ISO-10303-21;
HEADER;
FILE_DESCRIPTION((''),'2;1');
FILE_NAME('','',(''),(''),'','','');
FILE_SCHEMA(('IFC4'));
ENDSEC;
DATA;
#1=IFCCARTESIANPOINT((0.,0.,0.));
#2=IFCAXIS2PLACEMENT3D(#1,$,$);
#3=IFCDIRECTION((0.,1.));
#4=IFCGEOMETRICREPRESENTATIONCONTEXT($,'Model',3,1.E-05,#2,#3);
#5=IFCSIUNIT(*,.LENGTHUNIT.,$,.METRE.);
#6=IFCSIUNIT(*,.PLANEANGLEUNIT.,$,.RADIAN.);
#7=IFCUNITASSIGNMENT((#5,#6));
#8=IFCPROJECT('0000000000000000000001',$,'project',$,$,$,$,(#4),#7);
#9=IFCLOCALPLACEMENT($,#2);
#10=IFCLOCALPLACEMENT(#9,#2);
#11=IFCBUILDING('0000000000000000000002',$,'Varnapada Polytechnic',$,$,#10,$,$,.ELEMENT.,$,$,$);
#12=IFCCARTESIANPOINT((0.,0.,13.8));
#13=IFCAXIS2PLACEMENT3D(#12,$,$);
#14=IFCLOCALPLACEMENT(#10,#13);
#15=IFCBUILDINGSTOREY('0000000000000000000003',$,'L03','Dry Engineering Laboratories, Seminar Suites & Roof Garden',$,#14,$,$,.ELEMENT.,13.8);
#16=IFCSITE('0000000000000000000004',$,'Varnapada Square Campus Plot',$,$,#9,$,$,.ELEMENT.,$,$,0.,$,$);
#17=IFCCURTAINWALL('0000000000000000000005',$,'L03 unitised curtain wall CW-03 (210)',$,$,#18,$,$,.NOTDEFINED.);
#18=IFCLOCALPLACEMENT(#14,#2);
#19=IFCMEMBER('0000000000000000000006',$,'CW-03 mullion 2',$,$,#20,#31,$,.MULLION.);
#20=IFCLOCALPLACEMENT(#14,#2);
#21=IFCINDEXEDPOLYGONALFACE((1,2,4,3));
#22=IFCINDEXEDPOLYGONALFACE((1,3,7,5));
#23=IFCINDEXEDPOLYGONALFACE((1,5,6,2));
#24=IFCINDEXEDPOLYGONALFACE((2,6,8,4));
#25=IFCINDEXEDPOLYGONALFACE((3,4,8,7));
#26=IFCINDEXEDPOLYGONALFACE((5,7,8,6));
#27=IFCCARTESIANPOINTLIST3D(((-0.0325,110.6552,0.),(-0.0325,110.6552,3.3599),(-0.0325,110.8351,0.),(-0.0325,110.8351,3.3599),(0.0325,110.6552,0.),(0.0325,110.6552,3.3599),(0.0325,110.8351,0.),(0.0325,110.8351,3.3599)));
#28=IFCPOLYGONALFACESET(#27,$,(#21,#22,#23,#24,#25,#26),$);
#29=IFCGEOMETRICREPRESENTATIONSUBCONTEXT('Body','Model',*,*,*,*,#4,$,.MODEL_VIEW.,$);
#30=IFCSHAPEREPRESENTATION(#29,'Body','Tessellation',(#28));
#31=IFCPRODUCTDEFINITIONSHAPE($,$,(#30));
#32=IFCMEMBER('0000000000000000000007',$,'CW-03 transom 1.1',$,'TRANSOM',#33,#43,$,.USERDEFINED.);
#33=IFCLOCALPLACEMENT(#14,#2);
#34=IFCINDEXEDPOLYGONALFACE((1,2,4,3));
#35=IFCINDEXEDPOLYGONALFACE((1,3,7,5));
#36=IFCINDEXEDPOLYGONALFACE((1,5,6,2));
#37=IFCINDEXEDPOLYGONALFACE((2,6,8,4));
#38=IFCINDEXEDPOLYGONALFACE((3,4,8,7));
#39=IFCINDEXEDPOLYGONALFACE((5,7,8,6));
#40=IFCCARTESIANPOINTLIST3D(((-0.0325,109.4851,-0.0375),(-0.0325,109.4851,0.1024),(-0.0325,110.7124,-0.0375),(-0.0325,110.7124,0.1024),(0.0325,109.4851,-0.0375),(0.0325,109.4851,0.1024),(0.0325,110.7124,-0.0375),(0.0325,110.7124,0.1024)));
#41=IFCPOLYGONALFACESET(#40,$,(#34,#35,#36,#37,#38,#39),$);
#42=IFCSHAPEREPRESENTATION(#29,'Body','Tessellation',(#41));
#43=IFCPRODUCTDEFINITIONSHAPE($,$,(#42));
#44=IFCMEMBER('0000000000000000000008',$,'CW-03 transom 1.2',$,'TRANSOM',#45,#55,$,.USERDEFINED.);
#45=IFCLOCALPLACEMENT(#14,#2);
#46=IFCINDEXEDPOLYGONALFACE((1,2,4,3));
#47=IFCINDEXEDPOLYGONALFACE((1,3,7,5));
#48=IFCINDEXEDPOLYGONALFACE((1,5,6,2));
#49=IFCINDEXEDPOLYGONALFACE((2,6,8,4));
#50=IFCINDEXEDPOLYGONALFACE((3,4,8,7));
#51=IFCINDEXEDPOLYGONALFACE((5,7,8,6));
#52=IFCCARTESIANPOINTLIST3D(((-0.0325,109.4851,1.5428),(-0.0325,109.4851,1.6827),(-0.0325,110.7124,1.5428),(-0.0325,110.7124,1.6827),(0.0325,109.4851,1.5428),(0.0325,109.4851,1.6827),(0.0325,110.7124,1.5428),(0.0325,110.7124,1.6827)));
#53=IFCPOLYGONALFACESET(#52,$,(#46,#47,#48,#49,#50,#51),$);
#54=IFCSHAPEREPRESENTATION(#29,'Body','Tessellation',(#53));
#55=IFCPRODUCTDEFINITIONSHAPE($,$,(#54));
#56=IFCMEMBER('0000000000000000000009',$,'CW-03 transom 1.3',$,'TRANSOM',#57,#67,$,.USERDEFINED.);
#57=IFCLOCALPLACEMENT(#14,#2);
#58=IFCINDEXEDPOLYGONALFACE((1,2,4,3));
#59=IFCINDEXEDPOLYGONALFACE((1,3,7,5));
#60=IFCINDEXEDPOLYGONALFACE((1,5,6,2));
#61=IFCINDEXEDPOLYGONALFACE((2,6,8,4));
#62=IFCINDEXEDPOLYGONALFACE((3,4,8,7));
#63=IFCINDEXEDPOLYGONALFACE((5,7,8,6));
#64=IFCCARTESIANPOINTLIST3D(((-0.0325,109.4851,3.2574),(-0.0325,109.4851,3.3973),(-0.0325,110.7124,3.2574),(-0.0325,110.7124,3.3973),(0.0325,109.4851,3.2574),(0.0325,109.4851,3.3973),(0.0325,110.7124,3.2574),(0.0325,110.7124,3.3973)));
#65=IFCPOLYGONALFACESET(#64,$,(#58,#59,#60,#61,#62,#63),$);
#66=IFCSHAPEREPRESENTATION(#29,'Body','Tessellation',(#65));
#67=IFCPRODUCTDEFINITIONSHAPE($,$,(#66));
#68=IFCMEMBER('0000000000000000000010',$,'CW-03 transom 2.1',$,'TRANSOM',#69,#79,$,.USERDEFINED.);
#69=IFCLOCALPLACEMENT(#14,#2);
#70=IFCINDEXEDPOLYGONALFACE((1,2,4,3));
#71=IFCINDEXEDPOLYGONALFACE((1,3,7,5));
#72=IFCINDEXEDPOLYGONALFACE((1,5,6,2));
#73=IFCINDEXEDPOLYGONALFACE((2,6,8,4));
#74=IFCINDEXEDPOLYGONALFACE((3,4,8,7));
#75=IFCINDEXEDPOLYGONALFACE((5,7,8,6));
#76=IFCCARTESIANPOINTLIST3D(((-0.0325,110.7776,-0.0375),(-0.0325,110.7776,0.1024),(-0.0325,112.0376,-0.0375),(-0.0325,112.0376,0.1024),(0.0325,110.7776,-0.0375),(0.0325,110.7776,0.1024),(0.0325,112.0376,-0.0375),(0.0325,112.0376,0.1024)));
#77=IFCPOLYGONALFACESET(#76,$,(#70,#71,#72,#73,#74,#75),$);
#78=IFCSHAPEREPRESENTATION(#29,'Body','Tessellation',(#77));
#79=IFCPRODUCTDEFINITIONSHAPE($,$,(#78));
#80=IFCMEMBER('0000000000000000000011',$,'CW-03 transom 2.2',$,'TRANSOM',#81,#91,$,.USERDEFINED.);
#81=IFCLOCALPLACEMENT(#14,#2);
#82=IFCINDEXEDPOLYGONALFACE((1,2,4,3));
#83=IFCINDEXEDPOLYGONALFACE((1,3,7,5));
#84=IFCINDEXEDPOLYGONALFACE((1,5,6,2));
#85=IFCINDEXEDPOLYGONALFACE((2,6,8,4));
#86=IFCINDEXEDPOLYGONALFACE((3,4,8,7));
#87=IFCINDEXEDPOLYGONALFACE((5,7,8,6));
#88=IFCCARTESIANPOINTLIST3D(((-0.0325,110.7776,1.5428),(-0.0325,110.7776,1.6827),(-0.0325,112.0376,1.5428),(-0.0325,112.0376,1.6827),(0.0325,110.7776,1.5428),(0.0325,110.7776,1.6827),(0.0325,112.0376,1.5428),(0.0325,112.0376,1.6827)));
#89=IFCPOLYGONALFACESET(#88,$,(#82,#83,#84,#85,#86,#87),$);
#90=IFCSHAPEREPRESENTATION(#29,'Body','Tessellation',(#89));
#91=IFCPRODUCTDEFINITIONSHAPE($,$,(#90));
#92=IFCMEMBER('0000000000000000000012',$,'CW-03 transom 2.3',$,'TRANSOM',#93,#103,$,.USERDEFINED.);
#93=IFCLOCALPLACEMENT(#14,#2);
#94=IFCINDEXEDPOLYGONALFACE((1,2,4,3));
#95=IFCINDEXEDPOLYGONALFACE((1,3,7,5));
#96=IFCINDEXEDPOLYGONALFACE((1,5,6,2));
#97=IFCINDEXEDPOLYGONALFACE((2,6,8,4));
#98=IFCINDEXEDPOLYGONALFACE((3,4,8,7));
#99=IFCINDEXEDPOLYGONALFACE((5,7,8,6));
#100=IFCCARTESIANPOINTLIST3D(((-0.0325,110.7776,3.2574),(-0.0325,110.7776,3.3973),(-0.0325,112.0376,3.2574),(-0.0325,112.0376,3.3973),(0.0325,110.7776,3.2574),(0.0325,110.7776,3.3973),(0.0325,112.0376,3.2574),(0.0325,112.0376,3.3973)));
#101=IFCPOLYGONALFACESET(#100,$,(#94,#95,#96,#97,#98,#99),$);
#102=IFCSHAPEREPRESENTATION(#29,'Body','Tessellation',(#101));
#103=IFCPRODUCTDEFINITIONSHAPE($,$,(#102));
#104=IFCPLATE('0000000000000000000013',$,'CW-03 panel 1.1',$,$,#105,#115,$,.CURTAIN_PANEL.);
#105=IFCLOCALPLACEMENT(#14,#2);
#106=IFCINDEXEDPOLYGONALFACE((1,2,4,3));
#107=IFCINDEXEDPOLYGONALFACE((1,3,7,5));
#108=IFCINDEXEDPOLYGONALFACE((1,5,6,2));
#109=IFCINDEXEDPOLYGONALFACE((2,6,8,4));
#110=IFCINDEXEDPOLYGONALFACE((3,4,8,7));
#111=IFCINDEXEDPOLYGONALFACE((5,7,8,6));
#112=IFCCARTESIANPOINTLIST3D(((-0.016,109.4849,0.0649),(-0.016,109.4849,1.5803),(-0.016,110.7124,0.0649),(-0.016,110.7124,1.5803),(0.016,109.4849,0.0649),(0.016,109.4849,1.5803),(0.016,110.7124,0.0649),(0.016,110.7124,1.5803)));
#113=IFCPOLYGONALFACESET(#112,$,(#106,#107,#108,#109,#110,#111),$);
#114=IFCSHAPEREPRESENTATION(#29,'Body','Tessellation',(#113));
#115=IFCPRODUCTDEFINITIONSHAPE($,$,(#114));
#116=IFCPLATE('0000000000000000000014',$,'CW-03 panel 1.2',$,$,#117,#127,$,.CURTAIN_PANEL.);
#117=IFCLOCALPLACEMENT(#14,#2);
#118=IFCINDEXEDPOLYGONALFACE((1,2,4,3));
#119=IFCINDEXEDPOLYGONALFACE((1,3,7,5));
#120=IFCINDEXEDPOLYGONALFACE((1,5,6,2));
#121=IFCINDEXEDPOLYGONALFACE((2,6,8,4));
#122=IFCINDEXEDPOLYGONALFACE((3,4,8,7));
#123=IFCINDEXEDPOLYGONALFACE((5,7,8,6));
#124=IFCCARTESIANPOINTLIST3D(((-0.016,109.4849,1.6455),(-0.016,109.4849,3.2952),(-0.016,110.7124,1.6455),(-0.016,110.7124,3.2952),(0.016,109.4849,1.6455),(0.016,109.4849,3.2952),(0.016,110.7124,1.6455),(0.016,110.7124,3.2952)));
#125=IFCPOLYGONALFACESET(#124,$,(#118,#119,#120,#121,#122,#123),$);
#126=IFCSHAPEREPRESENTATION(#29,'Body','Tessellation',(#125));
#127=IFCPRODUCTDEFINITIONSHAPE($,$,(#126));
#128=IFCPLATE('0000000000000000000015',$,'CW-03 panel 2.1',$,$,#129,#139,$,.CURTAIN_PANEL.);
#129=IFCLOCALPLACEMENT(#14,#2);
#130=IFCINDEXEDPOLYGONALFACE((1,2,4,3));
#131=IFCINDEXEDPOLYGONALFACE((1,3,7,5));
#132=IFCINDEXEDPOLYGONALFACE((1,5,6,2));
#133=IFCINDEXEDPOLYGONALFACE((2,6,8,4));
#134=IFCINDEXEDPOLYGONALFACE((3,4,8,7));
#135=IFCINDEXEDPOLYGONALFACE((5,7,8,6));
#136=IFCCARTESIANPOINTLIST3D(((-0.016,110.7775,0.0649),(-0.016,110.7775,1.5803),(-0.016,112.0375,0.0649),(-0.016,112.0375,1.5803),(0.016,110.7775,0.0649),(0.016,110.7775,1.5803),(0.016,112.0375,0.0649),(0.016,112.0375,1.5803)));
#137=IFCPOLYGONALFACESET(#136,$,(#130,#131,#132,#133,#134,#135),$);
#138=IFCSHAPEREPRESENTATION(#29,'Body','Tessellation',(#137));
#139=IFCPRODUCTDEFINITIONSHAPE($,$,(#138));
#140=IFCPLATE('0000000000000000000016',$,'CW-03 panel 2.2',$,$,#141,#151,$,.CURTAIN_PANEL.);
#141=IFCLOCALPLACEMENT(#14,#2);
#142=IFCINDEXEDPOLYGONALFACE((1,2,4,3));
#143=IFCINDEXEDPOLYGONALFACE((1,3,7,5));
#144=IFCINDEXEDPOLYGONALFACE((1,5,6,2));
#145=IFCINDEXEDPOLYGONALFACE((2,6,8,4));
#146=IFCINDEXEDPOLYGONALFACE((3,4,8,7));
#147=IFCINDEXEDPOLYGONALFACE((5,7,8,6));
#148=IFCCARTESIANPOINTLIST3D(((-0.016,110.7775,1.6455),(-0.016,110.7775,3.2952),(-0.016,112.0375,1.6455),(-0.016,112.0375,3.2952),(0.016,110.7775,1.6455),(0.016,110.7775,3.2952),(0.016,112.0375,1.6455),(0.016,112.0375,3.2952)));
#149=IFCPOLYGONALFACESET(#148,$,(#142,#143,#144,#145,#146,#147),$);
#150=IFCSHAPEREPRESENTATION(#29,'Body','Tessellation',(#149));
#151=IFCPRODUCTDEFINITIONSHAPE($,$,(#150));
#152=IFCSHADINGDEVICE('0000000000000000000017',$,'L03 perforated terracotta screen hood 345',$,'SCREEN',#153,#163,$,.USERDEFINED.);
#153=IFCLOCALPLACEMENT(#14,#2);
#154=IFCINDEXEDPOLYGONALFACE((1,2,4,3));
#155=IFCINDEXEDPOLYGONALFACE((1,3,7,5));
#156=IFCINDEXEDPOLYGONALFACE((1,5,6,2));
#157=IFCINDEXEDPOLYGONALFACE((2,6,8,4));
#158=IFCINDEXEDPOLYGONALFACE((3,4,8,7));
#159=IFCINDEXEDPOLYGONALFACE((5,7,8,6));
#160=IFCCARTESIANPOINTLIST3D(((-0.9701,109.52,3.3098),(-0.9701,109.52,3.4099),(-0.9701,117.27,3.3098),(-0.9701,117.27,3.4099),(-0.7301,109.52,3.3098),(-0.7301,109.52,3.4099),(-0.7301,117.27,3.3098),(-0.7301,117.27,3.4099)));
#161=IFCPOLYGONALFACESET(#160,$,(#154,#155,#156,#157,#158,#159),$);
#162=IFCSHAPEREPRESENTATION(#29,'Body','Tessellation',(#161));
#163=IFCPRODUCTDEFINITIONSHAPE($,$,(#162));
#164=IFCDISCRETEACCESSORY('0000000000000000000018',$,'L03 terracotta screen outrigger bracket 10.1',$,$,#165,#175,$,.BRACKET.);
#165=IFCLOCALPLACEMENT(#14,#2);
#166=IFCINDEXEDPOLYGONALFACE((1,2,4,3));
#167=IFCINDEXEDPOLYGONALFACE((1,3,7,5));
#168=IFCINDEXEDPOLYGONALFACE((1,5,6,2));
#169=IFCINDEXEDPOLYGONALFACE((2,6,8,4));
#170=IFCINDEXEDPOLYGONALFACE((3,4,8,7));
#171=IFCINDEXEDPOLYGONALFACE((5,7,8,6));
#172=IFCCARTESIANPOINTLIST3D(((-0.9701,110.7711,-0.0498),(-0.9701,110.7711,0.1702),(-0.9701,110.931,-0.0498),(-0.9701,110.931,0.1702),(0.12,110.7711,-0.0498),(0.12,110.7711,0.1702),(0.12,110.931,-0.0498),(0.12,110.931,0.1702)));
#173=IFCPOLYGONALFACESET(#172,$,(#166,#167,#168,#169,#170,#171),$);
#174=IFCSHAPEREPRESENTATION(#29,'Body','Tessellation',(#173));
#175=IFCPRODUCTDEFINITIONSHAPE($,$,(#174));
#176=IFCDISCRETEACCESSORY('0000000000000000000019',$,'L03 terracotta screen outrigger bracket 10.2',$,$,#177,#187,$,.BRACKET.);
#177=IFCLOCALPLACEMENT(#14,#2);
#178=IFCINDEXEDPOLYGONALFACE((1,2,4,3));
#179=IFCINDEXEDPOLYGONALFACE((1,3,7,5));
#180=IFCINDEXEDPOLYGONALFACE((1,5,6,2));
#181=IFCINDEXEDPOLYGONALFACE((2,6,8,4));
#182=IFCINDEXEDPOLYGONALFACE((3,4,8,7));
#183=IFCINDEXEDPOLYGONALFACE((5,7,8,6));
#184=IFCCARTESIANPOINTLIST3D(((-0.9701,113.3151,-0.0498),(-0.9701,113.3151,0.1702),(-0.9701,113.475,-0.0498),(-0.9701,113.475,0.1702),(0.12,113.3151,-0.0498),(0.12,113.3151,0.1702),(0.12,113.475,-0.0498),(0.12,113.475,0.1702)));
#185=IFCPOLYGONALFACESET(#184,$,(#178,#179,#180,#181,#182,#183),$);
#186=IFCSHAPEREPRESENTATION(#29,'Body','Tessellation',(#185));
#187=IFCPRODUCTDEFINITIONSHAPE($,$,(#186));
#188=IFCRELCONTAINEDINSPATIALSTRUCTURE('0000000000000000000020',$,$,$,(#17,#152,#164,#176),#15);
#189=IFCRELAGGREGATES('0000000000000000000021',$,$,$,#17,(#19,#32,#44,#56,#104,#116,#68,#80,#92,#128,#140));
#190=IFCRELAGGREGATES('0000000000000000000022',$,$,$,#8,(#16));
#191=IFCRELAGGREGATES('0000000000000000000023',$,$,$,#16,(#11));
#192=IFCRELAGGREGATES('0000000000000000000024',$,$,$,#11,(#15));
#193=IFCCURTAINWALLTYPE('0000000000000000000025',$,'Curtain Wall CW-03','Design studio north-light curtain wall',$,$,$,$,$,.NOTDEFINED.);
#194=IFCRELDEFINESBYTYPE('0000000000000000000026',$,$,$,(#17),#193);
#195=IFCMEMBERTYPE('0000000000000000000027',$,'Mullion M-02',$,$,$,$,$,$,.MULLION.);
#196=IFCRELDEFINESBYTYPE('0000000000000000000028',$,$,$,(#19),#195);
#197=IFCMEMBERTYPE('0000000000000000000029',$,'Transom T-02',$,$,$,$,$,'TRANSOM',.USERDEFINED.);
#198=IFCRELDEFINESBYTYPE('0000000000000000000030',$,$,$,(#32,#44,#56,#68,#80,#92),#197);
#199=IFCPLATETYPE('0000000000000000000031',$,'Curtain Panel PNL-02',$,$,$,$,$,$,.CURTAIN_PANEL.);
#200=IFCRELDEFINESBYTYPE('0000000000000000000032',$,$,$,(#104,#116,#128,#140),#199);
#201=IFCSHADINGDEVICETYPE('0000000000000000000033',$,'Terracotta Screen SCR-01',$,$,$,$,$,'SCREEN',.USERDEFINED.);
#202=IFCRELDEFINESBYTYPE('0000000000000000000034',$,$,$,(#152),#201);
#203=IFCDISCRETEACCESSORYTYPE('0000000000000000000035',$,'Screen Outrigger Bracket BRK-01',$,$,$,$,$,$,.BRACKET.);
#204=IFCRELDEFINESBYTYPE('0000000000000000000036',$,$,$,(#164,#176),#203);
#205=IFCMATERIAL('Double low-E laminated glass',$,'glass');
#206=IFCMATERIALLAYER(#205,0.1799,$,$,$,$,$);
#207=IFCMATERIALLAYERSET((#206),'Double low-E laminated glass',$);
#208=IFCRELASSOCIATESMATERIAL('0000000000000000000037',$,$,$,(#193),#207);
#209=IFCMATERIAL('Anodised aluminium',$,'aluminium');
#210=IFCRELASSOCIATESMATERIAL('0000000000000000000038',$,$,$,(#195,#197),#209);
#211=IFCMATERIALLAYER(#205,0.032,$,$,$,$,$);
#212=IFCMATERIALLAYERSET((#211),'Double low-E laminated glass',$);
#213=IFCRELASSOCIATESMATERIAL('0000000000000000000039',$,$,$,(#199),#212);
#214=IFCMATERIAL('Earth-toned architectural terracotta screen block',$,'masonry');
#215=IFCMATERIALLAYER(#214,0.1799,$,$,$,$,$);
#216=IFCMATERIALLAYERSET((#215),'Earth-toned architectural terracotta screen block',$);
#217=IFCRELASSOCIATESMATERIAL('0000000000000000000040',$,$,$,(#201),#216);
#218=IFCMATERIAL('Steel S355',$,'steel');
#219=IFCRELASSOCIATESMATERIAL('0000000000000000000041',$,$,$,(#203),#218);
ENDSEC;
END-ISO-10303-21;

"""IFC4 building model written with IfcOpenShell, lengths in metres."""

from ifc_helpers import new_model, si_unit, direction, frame, origin, origin_2d, place, context, subcontext, project, spatial, rectangle, extrude, material, layer, layer_set, material_profile, profile_set, type_object, element, aggregate, save


model = new_model("IFC4")

# Units and contexts
model_context = context("Model", 3, precision=1e-05, world=origin(), true_north=direction((0.0, 1.0)))
body_context = subcontext(model_context, "Body", "Model", "MODEL_VIEW")
ifc_project = project(units=[si_unit("LENGTHUNIT", "METRE"), si_unit("PLANEANGLEUNIT", "RADIAN")], contexts=[model_context])

# Site, building, storey
site_placement = place(None, origin())
site = spatial("IfcSite", under=ifc_project, at=site_placement, Name="Varnapada Square Campus Plot", CompositionType="ELEMENT", RefElevation=0.0)
building_placement = place(site_placement, origin())
building = spatial("IfcBuilding", under=site, at=building_placement, Name="Varnapada Polytechnic", CompositionType="ELEMENT")
storey_placement = place(building_placement, frame((0.0, 0.0, 13.8)))
storey = spatial("IfcBuildingStorey", under=building, at=storey_placement, Name="L03", Description="Dry Engineering Laboratories, Seminar Suites & Roof Garden", CompositionType="ELEMENT", Elevation=13.8)

# Curtain wall, members, plates
ifc_material_1 = material(Name="Double low-E laminated glass", Category="glass")
ifc_layer_1 = layer(ifc_material_1, 0.1799)
ifc_layer_set_1 = layer_set([ifc_layer_1], Name="Double low-E laminated glass")
curtain_wall_type = type_object("IfcCurtainWallType", Name="Curtain Wall CW-03", Description="Design studio north-light curtain wall", PredefinedType="NOTDEFINED", material=ifc_layer_set_1)
curtain_wall_placement = place(storey_placement, origin())
curtain_wall = element("IfcCurtainWall", 1, at=curtain_wall_placement, inside=storey, type_object=curtain_wall_type, Name="L03 unitised curtain wall CW-03 (210)", PredefinedType="NOTDEFINED")
ifc_material_2 = material(Name="Anodised aluminium", Category="aluminium")
ifc_material_profile_1 = material_profile(ifc_material_2, rectangle(XDim=0.0649, YDim=0.1799, at=origin_2d()), Name="ALU M65x180")
ifc_profile_set_1 = profile_set([ifc_material_profile_1], Name="Anodised aluminium")
member_type_1 = type_object("IfcMemberType", Name="Mullion M-02", PredefinedType="MULLION", material=ifc_profile_set_1)
member_1_placement = place(storey_placement, frame((0.0, 110.7451, 0.0), z_axis=(0.0, 0.0, 1.0), x_axis=(-1.0, 0.0, 0.0)))
member_1 = element("IfcMember", 2, at=member_1_placement, type_object=member_type_1, Name="CW-03 mullion 2", PredefinedType="MULLION", context=body_context, shape_type="SweptSolid", body=[
    extrude(rectangle(XDim=0.0649, YDim=0.1799, at=origin_2d()), origin(), (0.0, 0.0, 1.0), 3.3599),
])
ifc_material_profile_2 = material_profile(ifc_material_2, rectangle(XDim=0.0649, YDim=0.1399, at=origin_2d()), Name="ALU T65x140")
ifc_profile_set_2 = profile_set([ifc_material_profile_2], Name="Anodised aluminium")
member_type_2 = type_object("IfcMemberType", Name="Transom T-02", ElementType="TRANSOM", PredefinedType="USERDEFINED", material=ifc_profile_set_2)
member_2_placement = place(storey_placement, frame((0.0, 109.4851, 0.0325), z_axis=(0.0, 1.0, 0.0), x_axis=(-1.0, 0.0, 0.0)))
member_2 = element("IfcMember", 3, at=member_2_placement, type_object=member_type_2, Name="CW-03 transom 1.1", ObjectType="TRANSOM", PredefinedType="USERDEFINED", context=body_context, shape_type="SweptSolid", body=[
    extrude(rectangle(XDim=0.0649, YDim=0.1399, at=origin_2d()), origin(), (0.0, 0.0, 1.0), 1.2273),
])
member_3_placement = place(storey_placement, frame((0.0, 109.4851, 1.6128), z_axis=(0.0, 1.0, 0.0), x_axis=(-1.0, 0.0, 0.0)))
member_3 = element("IfcMember", 4, at=member_3_placement, type_object=member_type_2, Name="CW-03 transom 1.2", ObjectType="TRANSOM", PredefinedType="USERDEFINED", context=body_context, shape_type="SweptSolid", body=[
    extrude(rectangle(XDim=0.0649, YDim=0.1399, at=origin_2d()), origin(), (0.0, 0.0, 1.0), 1.2273),
])
member_4_placement = place(storey_placement, frame((0.0, 109.4851, 3.3274), z_axis=(0.0, 1.0, 0.0), x_axis=(-1.0, 0.0, 0.0)))
member_4 = element("IfcMember", 5, at=member_4_placement, type_object=member_type_2, Name="CW-03 transom 1.3", ObjectType="TRANSOM", PredefinedType="USERDEFINED", context=body_context, shape_type="SweptSolid", body=[
    extrude(rectangle(XDim=0.0649, YDim=0.1399, at=origin_2d()), origin(), (0.0, 0.0, 1.0), 1.2273),
])
member_5_placement = place(storey_placement, frame((0.0, 110.7776, 0.0325), z_axis=(0.0, 1.0, 0.0), x_axis=(-1.0, 0.0, 0.0)))
member_5 = element("IfcMember", 6, at=member_5_placement, type_object=member_type_2, Name="CW-03 transom 2.1", ObjectType="TRANSOM", PredefinedType="USERDEFINED", context=body_context, shape_type="SweptSolid", body=[
    extrude(rectangle(XDim=0.0649, YDim=0.1399, at=origin_2d()), origin(), (0.0, 0.0, 1.0), 1.26),
])
member_6_placement = place(storey_placement, frame((0.0, 110.7776, 1.6128), z_axis=(0.0, 1.0, 0.0), x_axis=(-1.0, 0.0, 0.0)))
member_6 = element("IfcMember", 7, at=member_6_placement, type_object=member_type_2, Name="CW-03 transom 2.2", ObjectType="TRANSOM", PredefinedType="USERDEFINED", context=body_context, shape_type="SweptSolid", body=[
    extrude(rectangle(XDim=0.0649, YDim=0.1399, at=origin_2d()), origin(), (0.0, 0.0, 1.0), 1.26),
])
member_7_placement = place(storey_placement, frame((0.0, 110.7776, 3.3274), z_axis=(0.0, 1.0, 0.0), x_axis=(-1.0, 0.0, 0.0)))
member_7 = element("IfcMember", 8, at=member_7_placement, type_object=member_type_2, Name="CW-03 transom 2.3", ObjectType="TRANSOM", PredefinedType="USERDEFINED", context=body_context, shape_type="SweptSolid", body=[
    extrude(rectangle(XDim=0.0649, YDim=0.1399, at=origin_2d()), origin(), (0.0, 0.0, 1.0), 1.26),
])
ifc_layer_2 = layer(ifc_material_1, 0.032)
ifc_layer_set_2 = layer_set([ifc_layer_2], Name="Double low-E laminated glass")
plate_type = type_object("IfcPlateType", Name="Curtain Panel PNL-02", PredefinedType="CURTAIN_PANEL", material=ifc_layer_set_2)
plate_1_placement = place(storey_placement, frame((0.0, 110.0986, 0.0649), z_axis=(0.0, 0.0, 1.0), x_axis=(0.0, 1.0, 0.0)))
plate_1 = element("IfcPlate", 9, at=plate_1_placement, type_object=plate_type, Name="CW-03 panel 1.1", PredefinedType="CURTAIN_PANEL", context=body_context, shape_type="SweptSolid", body=[
    extrude(rectangle(XDim=1.2275, YDim=0.032, at=origin_2d()), origin(), (0.0, 0.0, 1.0), 1.5154),
])
plate_2_placement = place(storey_placement, frame((0.0, 110.0986, 1.6455), z_axis=(0.0, 0.0, 1.0), x_axis=(0.0, 1.0, 0.0)))
plate_2 = element("IfcPlate", 10, at=plate_2_placement, type_object=plate_type, Name="CW-03 panel 1.2", PredefinedType="CURTAIN_PANEL", context=body_context, shape_type="SweptSolid", body=[
    extrude(rectangle(XDim=1.2275, YDim=0.032, at=origin_2d()), origin(), (0.0, 0.0, 1.0), 1.6497),
])
plate_3_placement = place(storey_placement, frame((0.0, 111.4075, 0.0649), z_axis=(0.0, 0.0, 1.0), x_axis=(0.0, 1.0, 0.0)))
plate_3 = element("IfcPlate", 11, at=plate_3_placement, type_object=plate_type, Name="CW-03 panel 2.1", PredefinedType="CURTAIN_PANEL", context=body_context, shape_type="SweptSolid", body=[
    extrude(rectangle(XDim=1.26, YDim=0.032, at=origin_2d()), origin(), (0.0, 0.0, 1.0), 1.5154),
])
plate_4_placement = place(storey_placement, frame((0.0, 111.4075, 1.6455), z_axis=(0.0, 0.0, 1.0), x_axis=(0.0, 1.0, 0.0)))
plate_4 = element("IfcPlate", 12, at=plate_4_placement, type_object=plate_type, Name="CW-03 panel 2.2", PredefinedType="CURTAIN_PANEL", context=body_context, shape_type="SweptSolid", body=[
    extrude(rectangle(XDim=1.26, YDim=0.032, at=origin_2d()), origin(), (0.0, 0.0, 1.0), 1.6497),
])
aggregate(curtain_wall, [member_1, member_2, member_3, member_4, plate_1, plate_2, member_5, member_6, member_7, plate_3, plate_4])

# Shading device
ifc_material_3 = material(Name="Earth-toned architectural terracotta screen block", Category="masonry")
ifc_layer_3 = layer(ifc_material_3, 0.1799)
ifc_layer_set_3 = layer_set([ifc_layer_3], Name="Earth-toned architectural terracotta screen block")
shading_device_type = type_object("IfcShadingDeviceType", Name="Terracotta Screen SCR-01", ElementType="SCREEN", PredefinedType="USERDEFINED", material=ifc_layer_set_3)
shading_device_placement = place(storey_placement, frame((-0.8501, 113.395, 3.3098), z_axis=(0.0, 0.0, 1.0), x_axis=(0.0, 1.0, 0.0)))
element("IfcShadingDevice", 13, at=shading_device_placement, inside=storey, type_object=shading_device_type, Name="L03 perforated terracotta screen hood 345", ObjectType="SCREEN", PredefinedType="USERDEFINED", context=body_context, shape_type="SweptSolid", body=[
    extrude(rectangle(XDim=7.75, YDim=0.24, at=origin_2d()), origin(), (0.0, 0.0, 1.0), 0.1001),
])

# Discrete accessories
ifc_material_4 = material(Name="Steel S355", Category="steel")
discrete_accessory_type = type_object("IfcDiscreteAccessoryType", Name="Screen Outrigger Bracket BRK-01", PredefinedType="BRACKET", material=ifc_material_4)
for number, where, z_axis, x_axis, name in (
    (14, (-0.425, 110.8511, -0.0498), (0.0, 0.0, 1.0), (0.0, 1.0, 0.0), "L03 terracotta screen outrigger bracket 10.1"),
    (15, (-0.425, 113.395, -0.0498), (0.0, 0.0, 1.0), (0.0, 1.0, 0.0), "L03 terracotta screen outrigger bracket 10.2"),
):
    element("IfcDiscreteAccessory", number, at=place(storey_placement, frame(where, z_axis=z_axis, x_axis=x_axis)), inside=storey, type_object=discrete_accessory_type, Name=name, PredefinedType="BRACKET", context=body_context, shape_type="SweptSolid", body=[
        extrude(rectangle(XDim=0.1599, YDim=1.0901, at=origin_2d()), origin(), (0.0, 0.0, 1.0), 0.22),
    ])

save(model, "model.ifc")
